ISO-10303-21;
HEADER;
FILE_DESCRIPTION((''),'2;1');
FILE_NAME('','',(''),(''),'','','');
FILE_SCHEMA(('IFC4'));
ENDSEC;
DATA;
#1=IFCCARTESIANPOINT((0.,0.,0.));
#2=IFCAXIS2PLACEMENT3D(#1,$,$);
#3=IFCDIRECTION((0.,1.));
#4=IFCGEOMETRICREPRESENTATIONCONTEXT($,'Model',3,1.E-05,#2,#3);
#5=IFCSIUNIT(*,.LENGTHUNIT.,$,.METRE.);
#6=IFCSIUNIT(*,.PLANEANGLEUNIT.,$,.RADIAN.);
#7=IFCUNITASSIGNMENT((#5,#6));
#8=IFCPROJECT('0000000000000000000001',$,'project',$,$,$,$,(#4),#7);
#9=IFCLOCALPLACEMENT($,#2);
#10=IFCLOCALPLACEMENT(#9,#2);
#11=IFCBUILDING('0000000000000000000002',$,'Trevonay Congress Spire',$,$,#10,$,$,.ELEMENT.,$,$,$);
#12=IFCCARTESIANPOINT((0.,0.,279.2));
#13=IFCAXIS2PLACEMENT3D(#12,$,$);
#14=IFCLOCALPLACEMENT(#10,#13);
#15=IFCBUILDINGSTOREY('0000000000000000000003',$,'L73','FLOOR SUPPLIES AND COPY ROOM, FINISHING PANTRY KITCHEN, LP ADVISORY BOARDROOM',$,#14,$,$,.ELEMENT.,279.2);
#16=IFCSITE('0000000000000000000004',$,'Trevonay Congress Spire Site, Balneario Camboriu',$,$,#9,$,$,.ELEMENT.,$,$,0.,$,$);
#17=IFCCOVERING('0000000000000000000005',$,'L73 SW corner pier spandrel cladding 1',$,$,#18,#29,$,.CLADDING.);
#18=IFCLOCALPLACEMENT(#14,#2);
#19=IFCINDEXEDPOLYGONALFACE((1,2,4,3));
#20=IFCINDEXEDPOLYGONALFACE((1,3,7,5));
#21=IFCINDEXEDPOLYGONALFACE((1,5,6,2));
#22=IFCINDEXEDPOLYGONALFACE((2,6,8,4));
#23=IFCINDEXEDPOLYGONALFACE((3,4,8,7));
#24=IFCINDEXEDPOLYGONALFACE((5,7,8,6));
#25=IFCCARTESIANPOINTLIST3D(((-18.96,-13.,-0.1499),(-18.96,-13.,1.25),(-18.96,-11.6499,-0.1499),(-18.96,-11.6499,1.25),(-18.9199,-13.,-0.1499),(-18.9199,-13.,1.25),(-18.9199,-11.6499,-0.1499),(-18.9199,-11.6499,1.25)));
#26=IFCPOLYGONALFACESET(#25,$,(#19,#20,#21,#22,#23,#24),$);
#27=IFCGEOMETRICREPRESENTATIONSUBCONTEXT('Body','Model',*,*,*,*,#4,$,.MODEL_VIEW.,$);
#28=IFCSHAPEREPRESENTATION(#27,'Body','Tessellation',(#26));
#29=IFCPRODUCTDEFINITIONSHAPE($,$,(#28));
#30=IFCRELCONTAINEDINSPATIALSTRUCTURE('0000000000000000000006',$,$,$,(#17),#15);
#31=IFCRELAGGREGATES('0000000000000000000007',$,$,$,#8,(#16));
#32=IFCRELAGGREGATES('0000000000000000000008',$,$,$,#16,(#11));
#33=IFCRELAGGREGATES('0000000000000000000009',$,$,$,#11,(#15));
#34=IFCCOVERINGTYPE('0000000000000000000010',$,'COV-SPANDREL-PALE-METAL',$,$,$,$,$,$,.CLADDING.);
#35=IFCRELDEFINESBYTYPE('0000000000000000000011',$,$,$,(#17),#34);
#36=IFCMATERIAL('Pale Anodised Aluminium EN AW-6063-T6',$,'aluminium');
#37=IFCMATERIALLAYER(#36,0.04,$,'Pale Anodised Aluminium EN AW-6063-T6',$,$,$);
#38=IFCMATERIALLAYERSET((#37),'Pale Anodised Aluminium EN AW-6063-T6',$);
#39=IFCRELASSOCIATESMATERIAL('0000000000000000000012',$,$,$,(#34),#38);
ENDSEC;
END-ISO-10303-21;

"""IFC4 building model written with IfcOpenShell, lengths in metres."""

from ifc_helpers import new_model, si_unit, direction, frame, frame_2d, origin, place, context, subcontext, project, spatial, rectangle, extrude, material, layer, layer_set, type_object, element, save


model = new_model("IFC4")

# Units and contexts
model_context = context("Model", 3, precision=1e-05, world=origin(), true_north=direction((0.0, 1.0)))
body_context = subcontext(model_context, "Body", "Model", "MODEL_VIEW")
ifc_project = project(units=[si_unit("LENGTHUNIT", "METRE"), si_unit("PLANEANGLEUNIT", "RADIAN")], contexts=[model_context])

# Site, building, storey
site_placement = place(None, origin())
site = spatial("IfcSite", under=ifc_project, at=site_placement, Name="Trevonay Congress Spire Site, Balneario Camboriu", CompositionType="ELEMENT", RefElevation=0.0)
building_placement = place(site_placement, origin())
building = spatial("IfcBuilding", under=site, at=building_placement, Name="Trevonay Congress Spire", CompositionType="ELEMENT")
storey_placement = place(building_placement, frame((0.0, 0.0, 279.2)))
storey = spatial("IfcBuildingStorey", under=building, at=storey_placement, Name="L73", Description="FLOOR SUPPLIES AND COPY ROOM, FINISHING PANTRY KITCHEN, LP ADVISORY BOARDROOM", CompositionType="ELEMENT", Elevation=279.2)

# Shared definitions
ifc_material_1 = material(Name="Pale Anodised Aluminium EN AW-6063-T6", Category="aluminium")

# Covering
ifc_layer_1 = layer(ifc_material_1, 0.04, Name="Pale Anodised Aluminium EN AW-6063-T6")
ifc_layer_set_1 = layer_set([ifc_layer_1], Name="Pale Anodised Aluminium EN AW-6063-T6")
covering_type = type_object("IfcCoveringType", Name="COV-SPANDREL-PALE-METAL", PredefinedType="CLADDING", material=ifc_layer_set_1)
covering_1_placement = place(storey_placement, frame((-18.9399, -11.6499, -0.1499), z_axis=(0.0, 0.0, 1.0), x_axis=(0.0, -1.0, 0.0)))
element("IfcCovering", 1, at=covering_1_placement, inside=storey, type_object=covering_type, Name="L73 SW corner pier spandrel cladding 1", PredefinedType="CLADDING", context=body_context, shape_type="SweptSolid", body=[
    extrude(rectangle(XDim=1.3501, YDim=0.04, at=frame_2d((0.675, 0.0))), origin(), (0.0, 0.0, 1.0), 1.3999),
])

save(model, "model.ifc")
